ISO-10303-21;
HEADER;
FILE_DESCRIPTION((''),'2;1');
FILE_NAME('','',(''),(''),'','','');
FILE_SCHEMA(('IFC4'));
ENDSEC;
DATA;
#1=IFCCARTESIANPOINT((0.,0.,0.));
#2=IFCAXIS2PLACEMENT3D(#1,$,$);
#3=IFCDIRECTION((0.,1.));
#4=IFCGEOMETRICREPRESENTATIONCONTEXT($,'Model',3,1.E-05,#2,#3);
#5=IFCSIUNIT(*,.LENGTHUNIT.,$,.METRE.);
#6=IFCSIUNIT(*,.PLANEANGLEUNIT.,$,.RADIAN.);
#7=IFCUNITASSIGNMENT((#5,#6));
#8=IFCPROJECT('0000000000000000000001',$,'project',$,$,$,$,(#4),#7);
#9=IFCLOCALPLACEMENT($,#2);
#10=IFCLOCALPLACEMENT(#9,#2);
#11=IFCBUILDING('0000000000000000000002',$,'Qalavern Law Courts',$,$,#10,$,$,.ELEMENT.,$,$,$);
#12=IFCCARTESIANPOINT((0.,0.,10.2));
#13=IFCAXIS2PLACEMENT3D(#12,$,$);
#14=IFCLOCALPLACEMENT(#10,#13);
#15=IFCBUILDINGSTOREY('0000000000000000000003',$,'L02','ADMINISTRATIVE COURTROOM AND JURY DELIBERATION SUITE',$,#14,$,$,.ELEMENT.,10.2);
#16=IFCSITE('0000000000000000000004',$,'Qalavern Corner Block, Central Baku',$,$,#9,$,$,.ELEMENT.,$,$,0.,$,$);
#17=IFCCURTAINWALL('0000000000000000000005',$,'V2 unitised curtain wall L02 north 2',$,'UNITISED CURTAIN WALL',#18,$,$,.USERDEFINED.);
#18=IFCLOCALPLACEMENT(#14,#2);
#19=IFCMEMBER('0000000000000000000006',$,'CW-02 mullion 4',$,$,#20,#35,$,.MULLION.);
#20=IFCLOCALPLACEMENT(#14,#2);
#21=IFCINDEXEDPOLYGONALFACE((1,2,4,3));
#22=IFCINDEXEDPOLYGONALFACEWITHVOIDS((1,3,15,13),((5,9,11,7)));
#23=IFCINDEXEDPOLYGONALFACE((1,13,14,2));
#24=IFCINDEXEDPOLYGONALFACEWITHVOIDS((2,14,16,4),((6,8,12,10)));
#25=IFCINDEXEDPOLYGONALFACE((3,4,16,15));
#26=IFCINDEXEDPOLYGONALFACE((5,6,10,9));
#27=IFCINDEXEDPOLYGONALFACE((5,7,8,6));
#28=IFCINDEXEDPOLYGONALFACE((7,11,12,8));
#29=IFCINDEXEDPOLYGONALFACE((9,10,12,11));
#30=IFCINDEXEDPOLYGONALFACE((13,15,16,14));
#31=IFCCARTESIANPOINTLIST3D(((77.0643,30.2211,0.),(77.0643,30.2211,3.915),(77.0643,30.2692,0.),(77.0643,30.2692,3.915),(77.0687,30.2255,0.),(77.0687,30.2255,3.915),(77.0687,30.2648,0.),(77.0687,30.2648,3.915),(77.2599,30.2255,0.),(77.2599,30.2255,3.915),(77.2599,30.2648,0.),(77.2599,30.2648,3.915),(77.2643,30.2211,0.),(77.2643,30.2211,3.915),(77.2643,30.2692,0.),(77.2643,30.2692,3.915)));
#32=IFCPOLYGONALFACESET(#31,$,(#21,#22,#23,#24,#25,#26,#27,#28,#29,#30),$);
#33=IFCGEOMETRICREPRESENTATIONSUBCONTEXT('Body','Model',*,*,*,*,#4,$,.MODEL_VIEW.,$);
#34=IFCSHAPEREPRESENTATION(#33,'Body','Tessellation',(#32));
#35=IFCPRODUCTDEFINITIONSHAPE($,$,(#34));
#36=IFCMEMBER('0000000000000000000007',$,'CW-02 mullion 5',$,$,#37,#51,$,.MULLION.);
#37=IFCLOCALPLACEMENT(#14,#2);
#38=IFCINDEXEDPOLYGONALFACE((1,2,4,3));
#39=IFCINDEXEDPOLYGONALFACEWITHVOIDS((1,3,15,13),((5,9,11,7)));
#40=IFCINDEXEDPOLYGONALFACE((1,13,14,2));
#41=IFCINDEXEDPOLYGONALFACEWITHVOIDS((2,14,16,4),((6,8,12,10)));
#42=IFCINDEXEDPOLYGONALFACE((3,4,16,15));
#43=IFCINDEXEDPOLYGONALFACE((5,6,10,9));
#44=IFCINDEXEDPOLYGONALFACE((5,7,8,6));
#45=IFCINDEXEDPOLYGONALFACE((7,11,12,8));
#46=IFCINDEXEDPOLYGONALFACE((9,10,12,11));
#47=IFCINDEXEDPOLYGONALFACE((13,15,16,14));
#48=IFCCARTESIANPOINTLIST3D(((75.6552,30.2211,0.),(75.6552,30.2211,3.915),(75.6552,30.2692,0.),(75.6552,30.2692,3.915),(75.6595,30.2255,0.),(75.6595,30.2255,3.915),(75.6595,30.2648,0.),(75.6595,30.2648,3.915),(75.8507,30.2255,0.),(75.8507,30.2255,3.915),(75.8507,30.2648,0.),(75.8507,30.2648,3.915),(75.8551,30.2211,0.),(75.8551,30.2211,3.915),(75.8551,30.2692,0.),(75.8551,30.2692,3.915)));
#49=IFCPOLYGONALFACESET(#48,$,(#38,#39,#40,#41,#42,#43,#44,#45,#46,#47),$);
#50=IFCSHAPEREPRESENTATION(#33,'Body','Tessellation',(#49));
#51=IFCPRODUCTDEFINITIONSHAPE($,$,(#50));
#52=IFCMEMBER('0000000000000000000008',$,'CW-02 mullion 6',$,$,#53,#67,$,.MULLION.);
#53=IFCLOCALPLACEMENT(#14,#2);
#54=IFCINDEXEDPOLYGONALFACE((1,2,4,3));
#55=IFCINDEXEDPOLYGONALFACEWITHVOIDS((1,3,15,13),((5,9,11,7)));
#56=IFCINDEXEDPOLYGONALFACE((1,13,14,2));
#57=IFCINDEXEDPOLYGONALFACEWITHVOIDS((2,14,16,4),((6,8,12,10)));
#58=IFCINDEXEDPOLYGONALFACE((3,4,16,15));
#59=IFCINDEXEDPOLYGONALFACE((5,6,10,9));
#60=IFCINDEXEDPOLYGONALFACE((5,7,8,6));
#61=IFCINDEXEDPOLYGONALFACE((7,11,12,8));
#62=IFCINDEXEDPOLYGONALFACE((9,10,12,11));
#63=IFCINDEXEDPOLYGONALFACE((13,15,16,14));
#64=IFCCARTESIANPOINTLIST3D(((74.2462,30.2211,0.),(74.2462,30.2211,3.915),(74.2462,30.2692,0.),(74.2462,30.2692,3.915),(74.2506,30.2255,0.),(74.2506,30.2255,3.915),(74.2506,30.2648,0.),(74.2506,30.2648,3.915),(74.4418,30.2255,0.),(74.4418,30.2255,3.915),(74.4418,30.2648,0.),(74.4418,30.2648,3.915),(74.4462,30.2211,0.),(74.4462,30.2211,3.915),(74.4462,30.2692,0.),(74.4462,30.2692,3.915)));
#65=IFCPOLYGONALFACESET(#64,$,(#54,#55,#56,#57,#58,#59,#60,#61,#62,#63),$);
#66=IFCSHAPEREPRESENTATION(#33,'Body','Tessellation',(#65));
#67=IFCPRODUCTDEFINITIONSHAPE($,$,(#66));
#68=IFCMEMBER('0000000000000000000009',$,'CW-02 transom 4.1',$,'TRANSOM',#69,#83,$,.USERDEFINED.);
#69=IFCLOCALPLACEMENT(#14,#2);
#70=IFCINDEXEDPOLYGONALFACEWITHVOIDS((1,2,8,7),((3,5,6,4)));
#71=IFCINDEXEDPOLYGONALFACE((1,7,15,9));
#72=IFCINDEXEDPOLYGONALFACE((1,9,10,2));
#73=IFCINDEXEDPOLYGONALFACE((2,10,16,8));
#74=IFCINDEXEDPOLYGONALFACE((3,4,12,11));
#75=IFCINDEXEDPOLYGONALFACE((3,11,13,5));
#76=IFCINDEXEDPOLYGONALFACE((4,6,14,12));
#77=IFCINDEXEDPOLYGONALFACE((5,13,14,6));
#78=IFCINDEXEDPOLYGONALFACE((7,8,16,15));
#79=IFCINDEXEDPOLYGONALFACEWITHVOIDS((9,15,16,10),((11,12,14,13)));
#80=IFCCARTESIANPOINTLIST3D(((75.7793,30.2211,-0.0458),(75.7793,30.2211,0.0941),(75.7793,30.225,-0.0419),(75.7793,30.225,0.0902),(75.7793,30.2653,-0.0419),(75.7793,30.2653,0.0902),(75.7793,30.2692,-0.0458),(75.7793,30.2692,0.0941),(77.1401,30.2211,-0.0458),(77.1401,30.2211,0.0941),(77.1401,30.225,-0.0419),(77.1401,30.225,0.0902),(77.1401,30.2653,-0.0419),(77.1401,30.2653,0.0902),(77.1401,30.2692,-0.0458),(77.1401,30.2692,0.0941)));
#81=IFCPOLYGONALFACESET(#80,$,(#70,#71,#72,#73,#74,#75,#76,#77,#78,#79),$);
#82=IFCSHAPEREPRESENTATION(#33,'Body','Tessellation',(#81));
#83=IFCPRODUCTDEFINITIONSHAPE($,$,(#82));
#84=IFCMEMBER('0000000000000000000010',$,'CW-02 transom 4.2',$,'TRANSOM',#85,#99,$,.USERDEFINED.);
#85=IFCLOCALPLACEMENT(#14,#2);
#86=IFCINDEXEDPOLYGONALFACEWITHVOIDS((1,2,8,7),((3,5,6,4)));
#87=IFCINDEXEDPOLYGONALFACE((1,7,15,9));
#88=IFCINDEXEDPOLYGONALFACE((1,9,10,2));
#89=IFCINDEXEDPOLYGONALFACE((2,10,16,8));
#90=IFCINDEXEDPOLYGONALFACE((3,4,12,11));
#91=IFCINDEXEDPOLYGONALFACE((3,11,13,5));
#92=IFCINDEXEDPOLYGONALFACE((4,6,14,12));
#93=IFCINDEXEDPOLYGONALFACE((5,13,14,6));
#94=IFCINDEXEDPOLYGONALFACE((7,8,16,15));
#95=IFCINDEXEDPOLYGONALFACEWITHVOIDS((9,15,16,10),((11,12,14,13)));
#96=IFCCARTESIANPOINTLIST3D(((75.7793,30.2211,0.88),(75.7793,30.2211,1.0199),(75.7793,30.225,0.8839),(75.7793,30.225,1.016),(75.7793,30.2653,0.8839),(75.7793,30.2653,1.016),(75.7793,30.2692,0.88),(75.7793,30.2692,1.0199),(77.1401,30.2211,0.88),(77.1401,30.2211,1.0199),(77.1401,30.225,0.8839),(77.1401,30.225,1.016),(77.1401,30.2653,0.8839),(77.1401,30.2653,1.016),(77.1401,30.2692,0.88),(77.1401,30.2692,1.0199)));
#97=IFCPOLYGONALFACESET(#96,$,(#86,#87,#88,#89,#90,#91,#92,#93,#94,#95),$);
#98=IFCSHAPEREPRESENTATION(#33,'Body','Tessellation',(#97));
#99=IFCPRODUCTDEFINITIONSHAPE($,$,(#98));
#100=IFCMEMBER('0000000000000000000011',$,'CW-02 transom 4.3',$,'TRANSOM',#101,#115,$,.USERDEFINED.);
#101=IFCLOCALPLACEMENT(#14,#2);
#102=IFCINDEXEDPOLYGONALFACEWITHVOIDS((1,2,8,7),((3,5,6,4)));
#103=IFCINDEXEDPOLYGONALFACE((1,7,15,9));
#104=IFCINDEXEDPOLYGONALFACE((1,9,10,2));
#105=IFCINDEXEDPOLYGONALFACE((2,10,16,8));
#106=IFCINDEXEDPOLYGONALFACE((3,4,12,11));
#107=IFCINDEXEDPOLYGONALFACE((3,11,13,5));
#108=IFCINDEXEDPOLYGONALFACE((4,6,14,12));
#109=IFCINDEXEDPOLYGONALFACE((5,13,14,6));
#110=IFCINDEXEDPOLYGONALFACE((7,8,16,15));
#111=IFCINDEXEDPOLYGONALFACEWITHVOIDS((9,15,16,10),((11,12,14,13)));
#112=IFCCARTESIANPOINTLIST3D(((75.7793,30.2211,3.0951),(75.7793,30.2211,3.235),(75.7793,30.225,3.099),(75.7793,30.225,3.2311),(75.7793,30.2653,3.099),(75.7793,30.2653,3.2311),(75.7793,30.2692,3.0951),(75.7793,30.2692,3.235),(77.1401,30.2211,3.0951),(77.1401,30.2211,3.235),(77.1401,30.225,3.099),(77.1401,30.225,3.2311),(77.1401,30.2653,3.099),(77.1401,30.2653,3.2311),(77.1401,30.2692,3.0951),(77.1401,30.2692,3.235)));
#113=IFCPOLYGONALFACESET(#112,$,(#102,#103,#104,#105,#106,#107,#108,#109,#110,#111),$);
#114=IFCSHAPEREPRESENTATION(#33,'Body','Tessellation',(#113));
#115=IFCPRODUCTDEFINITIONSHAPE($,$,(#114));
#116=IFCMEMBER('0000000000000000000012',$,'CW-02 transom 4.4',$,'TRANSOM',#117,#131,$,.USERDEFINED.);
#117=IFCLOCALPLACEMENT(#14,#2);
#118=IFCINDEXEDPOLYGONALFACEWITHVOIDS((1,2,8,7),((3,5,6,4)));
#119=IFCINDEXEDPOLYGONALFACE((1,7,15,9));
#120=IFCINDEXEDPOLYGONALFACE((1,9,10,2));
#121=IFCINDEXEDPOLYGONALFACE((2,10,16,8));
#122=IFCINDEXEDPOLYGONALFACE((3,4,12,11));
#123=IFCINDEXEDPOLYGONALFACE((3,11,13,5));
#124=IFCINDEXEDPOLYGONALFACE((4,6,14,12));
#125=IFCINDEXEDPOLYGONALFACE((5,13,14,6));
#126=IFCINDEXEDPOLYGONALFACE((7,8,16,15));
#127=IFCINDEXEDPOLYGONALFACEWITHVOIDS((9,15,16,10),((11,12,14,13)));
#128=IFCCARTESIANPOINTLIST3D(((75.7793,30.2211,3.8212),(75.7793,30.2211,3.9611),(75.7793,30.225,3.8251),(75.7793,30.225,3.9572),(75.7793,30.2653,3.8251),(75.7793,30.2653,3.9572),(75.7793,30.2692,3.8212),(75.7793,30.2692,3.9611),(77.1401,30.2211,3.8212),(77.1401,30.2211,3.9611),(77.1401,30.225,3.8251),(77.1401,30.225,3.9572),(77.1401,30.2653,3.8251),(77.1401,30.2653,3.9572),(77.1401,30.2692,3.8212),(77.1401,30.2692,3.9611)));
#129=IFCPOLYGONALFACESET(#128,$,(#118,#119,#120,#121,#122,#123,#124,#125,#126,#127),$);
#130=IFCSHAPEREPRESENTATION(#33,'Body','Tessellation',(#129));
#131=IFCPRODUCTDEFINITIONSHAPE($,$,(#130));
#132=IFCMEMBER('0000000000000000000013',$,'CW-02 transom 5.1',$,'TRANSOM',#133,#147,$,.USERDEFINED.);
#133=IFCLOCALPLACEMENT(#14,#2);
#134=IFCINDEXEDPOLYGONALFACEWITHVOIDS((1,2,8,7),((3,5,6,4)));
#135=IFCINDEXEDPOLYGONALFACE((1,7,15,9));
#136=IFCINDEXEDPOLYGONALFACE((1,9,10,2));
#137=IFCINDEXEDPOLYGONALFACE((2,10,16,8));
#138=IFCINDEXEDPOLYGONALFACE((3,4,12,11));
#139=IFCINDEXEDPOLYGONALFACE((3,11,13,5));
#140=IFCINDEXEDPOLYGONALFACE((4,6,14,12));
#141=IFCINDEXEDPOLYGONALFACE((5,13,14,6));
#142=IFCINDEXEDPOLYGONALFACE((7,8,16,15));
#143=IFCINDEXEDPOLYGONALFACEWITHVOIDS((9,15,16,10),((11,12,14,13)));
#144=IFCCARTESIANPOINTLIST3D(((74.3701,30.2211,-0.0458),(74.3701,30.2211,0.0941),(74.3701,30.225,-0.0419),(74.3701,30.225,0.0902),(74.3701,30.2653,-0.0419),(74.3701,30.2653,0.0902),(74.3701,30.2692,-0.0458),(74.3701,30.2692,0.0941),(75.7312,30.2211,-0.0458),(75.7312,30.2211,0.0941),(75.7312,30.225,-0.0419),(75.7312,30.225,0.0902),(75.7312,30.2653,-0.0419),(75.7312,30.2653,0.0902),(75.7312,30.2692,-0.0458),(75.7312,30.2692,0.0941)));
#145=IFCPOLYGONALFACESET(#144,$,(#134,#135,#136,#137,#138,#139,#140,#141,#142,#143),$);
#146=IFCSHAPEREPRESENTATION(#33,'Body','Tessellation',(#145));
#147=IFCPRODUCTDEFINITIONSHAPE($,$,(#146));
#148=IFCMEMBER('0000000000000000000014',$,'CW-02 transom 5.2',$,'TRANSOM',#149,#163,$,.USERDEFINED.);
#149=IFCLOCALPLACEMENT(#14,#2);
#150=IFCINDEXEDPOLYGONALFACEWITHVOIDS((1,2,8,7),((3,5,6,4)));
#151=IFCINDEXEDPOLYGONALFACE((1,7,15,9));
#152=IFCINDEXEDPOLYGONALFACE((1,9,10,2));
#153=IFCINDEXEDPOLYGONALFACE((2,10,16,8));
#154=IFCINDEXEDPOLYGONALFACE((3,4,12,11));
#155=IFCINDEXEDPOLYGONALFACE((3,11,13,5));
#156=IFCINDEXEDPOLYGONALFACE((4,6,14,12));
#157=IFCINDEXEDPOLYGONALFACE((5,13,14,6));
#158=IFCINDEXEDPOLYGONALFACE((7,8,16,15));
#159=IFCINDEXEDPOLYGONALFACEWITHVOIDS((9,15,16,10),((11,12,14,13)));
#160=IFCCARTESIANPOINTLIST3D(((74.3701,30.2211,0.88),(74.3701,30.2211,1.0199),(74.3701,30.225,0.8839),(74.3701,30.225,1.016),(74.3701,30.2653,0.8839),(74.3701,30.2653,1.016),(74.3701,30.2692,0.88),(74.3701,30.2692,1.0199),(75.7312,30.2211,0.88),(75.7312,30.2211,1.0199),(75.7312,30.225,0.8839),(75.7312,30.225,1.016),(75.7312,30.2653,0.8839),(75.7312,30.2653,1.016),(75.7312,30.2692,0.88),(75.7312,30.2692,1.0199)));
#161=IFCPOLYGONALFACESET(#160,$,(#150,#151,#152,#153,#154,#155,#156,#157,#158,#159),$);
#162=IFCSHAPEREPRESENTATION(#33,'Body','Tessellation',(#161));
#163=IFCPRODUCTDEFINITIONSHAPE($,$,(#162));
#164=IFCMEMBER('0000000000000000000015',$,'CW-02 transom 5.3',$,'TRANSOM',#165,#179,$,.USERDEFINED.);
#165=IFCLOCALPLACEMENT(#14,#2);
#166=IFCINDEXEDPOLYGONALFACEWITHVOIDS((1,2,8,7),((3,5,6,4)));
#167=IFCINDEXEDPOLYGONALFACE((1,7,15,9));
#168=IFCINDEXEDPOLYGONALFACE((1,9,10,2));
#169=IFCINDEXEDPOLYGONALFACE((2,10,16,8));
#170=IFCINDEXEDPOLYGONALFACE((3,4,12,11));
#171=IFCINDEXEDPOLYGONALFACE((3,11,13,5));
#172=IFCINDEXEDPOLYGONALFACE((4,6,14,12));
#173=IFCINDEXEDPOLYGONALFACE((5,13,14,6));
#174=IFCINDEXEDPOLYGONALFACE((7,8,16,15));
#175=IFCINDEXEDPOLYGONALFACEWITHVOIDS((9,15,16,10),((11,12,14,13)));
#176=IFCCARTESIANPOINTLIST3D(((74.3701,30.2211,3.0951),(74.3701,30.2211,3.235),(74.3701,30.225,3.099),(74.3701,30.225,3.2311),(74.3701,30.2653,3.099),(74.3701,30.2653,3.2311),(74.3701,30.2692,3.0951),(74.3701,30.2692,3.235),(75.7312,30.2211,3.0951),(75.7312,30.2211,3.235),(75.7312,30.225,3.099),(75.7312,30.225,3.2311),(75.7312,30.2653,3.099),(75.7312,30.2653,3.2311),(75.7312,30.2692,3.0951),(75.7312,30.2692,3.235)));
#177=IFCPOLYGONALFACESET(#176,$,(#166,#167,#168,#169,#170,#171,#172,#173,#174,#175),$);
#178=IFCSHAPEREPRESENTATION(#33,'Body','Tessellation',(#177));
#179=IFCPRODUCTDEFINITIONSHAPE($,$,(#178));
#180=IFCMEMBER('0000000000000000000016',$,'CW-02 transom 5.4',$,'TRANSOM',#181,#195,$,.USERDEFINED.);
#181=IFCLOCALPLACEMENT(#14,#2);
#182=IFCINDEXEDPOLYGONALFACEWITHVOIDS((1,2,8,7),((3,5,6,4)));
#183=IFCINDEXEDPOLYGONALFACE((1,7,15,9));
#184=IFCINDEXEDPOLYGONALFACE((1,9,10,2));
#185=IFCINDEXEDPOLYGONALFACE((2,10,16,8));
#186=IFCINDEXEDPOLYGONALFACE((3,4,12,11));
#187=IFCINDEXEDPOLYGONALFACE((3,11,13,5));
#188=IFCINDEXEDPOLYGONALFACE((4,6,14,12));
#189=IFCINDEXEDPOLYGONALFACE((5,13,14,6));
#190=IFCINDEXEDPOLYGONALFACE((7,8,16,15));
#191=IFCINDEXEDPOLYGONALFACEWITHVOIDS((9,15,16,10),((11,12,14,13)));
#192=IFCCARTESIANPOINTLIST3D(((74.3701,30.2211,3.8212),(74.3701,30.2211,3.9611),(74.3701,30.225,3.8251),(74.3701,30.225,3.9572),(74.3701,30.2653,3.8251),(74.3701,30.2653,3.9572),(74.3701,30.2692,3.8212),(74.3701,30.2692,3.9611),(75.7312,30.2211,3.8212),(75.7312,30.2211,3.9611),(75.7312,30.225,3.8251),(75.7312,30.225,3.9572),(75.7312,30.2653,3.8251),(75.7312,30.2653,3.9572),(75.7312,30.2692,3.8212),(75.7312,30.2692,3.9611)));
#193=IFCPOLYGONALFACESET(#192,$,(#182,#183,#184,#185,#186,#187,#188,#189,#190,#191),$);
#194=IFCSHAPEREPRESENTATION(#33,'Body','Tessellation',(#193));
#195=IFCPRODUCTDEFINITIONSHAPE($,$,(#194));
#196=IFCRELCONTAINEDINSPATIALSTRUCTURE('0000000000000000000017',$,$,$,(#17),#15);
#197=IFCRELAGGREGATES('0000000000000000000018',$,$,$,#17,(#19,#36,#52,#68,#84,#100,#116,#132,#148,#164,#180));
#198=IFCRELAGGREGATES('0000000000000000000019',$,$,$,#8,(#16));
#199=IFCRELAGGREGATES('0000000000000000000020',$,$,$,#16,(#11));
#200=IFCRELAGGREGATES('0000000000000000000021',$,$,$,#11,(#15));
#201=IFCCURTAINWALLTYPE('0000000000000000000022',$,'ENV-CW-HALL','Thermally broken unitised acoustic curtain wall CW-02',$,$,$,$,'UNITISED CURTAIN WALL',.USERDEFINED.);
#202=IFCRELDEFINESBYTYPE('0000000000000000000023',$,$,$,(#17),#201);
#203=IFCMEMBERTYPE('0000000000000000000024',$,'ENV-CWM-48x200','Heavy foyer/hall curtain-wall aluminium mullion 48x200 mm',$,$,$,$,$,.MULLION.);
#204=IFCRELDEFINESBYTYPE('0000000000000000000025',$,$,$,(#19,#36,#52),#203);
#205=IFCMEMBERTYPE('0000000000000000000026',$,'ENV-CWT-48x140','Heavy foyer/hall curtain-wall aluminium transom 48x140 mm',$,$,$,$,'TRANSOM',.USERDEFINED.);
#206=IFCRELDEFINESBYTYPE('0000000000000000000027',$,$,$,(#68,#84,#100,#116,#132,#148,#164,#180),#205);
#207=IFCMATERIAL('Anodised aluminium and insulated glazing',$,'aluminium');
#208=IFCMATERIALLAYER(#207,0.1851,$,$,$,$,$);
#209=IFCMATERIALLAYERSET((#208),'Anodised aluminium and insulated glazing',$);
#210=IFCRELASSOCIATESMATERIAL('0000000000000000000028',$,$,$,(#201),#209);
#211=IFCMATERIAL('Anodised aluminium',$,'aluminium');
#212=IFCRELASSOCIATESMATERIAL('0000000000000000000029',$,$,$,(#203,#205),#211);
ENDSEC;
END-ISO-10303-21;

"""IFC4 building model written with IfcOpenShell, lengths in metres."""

from ifc_helpers import new_model, si_unit, direction, frame, origin, origin_2d, place, context, subcontext, project, spatial, hollow_rectangle, extrude, material, layer, layer_set, material_profile, profile_set, type_object, element, aggregate, save


model = new_model("IFC4")

# Units and contexts
model_context = context("Model", 3, precision=1e-05, world=origin(), true_north=direction((0.0, 1.0)))
body_context = subcontext(model_context, "Body", "Model", "MODEL_VIEW")
ifc_project = project(units=[si_unit("LENGTHUNIT", "METRE"), si_unit("PLANEANGLEUNIT", "RADIAN")], contexts=[model_context])

# Site, building, storey
site_placement = place(None, origin())
site = spatial("IfcSite", under=ifc_project, at=site_placement, Name="Qalavern Corner Block, Central Baku", CompositionType="ELEMENT", RefElevation=0.0)
building_placement = place(site_placement, origin())
building = spatial("IfcBuilding", under=site, at=building_placement, Name="Qalavern Law Courts", CompositionType="ELEMENT")
storey_placement = place(building_placement, frame((0.0, 0.0, 10.2)))
storey = spatial("IfcBuildingStorey", under=building, at=storey_placement, Name="L02", Description="ADMINISTRATIVE COURTROOM AND JURY DELIBERATION SUITE", CompositionType="ELEMENT", Elevation=10.2)

# Curtain wall, members
ifc_material_1 = material(Name="Anodised aluminium and insulated glazing", Category="aluminium")
ifc_layer_1 = layer(ifc_material_1, 0.1851)
ifc_layer_set_1 = layer_set([ifc_layer_1], Name="Anodised aluminium and insulated glazing")
curtain_wall_type = type_object("IfcCurtainWallType", Name="ENV-CW-HALL", Description="Thermally broken unitised acoustic curtain wall CW-02", ElementType="UNITISED CURTAIN WALL", PredefinedType="USERDEFINED", material=ifc_layer_set_1)
curtain_wall_placement = place(storey_placement, origin())
curtain_wall = element("IfcCurtainWall", 1, at=curtain_wall_placement, inside=storey, type_object=curtain_wall_type, Name="V2 unitised curtain wall L02 north 2", ObjectType="UNITISED CURTAIN WALL", PredefinedType="USERDEFINED")
ifc_material_2 = material(Name="Anodised aluminium", Category="aluminium")
ifc_material_profile_1 = material_profile(ifc_material_2, hollow_rectangle(XDim=0.0481, YDim=0.2, WallThickness=0.0044, at=origin_2d()), Name="ALU MULLION 48x200")
ifc_profile_set_1 = profile_set([ifc_material_profile_1], Name="Anodised aluminium")
member_type_1 = type_object("IfcMemberType", Name="ENV-CWM-48x200", Description="Heavy foyer/hall curtain-wall aluminium mullion 48x200 mm", PredefinedType="MULLION", material=ifc_profile_set_1)
member_1_placement = place(storey_placement, frame((77.1643, 30.2451, 0.0), z_axis=(0.0, 0.0, 1.0), x_axis=(0.0, -1.0, 0.0)))
member_1 = element("IfcMember", 2, at=member_1_placement, type_object=member_type_1, Name="CW-02 mullion 4", PredefinedType="MULLION", context=body_context, shape_type="SweptSolid", body=[
    extrude(hollow_rectangle(XDim=0.0481, YDim=0.2, WallThickness=0.0044, at=origin_2d()), origin(), (0.0, 0.0, 1.0), 3.915),
])
member_2_placement = place(storey_placement, frame((75.7551, 30.2451, 0.0), z_axis=(0.0, 0.0, 1.0), x_axis=(0.0, -1.0, 0.0)))
member_2 = element("IfcMember", 3, at=member_2_placement, type_object=member_type_1, Name="CW-02 mullion 5", PredefinedType="MULLION", context=body_context, shape_type="SweptSolid", body=[
    extrude(hollow_rectangle(XDim=0.0481, YDim=0.2, WallThickness=0.0044, at=origin_2d()), origin(), (0.0, 0.0, 1.0), 3.915),
])
member_3_placement = place(storey_placement, frame((74.3462, 30.2451, 0.0), z_axis=(0.0, 0.0, 1.0), x_axis=(0.0, -1.0, 0.0)))
member_3 = element("IfcMember", 4, at=member_3_placement, type_object=member_type_1, Name="CW-02 mullion 6", PredefinedType="MULLION", context=body_context, shape_type="SweptSolid", body=[
    extrude(hollow_rectangle(XDim=0.0481, YDim=0.2, WallThickness=0.0044, at=origin_2d()), origin(), (0.0, 0.0, 1.0), 3.915),
])
ifc_material_profile_2 = material_profile(ifc_material_2, hollow_rectangle(XDim=0.0481, YDim=0.1399, WallThickness=0.0039, at=origin_2d()), Name="ALU TRANSOM 48x140")
ifc_profile_set_2 = profile_set([ifc_material_profile_2], Name="Anodised aluminium")
member_type_2 = type_object("IfcMemberType", Name="ENV-CWT-48x140", Description="Heavy foyer/hall curtain-wall aluminium transom 48x140 mm", ElementType="TRANSOM", PredefinedType="USERDEFINED", material=ifc_profile_set_2)
member_4_placement = place(storey_placement, frame((77.1401, 30.2451, 0.0242), z_axis=(-1.0, 0.0, 0.0), x_axis=(0.0, -1.0, 0.0)))
member_4 = element("IfcMember", 5, at=member_4_placement, type_object=member_type_2, Name="CW-02 transom 4.1", ObjectType="TRANSOM", PredefinedType="USERDEFINED", context=body_context, shape_type="SweptSolid", body=[
    extrude(hollow_rectangle(XDim=0.0481, YDim=0.1399, WallThickness=0.0039, at=origin_2d()), origin(), (0.0, 0.0, 1.0), 1.3608),
])
member_5_placement = place(storey_placement, frame((77.1401, 30.2451, 0.95), z_axis=(-1.0, 0.0, 0.0), x_axis=(0.0, -1.0, 0.0)))
member_5 = element("IfcMember", 6, at=member_5_placement, type_object=member_type_2, Name="CW-02 transom 4.2", ObjectType="TRANSOM", PredefinedType="USERDEFINED", context=body_context, shape_type="SweptSolid", body=[
    extrude(hollow_rectangle(XDim=0.0481, YDim=0.1399, WallThickness=0.0039, at=origin_2d()), origin(), (0.0, 0.0, 1.0), 1.3608),
])
member_6_placement = place(storey_placement, frame((77.1401, 30.2451, 3.165), z_axis=(-1.0, 0.0, 0.0), x_axis=(0.0, -1.0, 0.0)))
member_6 = element("IfcMember", 7, at=member_6_placement, type_object=member_type_2, Name="CW-02 transom 4.3", ObjectType="TRANSOM", PredefinedType="USERDEFINED", context=body_context, shape_type="SweptSolid", body=[
    extrude(hollow_rectangle(XDim=0.0481, YDim=0.1399, WallThickness=0.0039, at=origin_2d()), origin(), (0.0, 0.0, 1.0), 1.3608),
])
member_7_placement = place(storey_placement, frame((77.1401, 30.2451, 3.8911), z_axis=(-1.0, 0.0, 0.0), x_axis=(0.0, -1.0, 0.0)))
member_7 = element("IfcMember", 8, at=member_7_placement, type_object=member_type_2, Name="CW-02 transom 4.4", ObjectType="TRANSOM", PredefinedType="USERDEFINED", context=body_context, shape_type="SweptSolid", body=[
    extrude(hollow_rectangle(XDim=0.0481, YDim=0.1399, WallThickness=0.0039, at=origin_2d()), origin(), (0.0, 0.0, 1.0), 1.3608),
])
member_8_placement = place(storey_placement, frame((75.7312, 30.2451, 0.0242), z_axis=(-1.0, 0.0, 0.0), x_axis=(0.0, -1.0, 0.0)))
member_8 = element("IfcMember", 9, at=member_8_placement, type_object=member_type_2, Name="CW-02 transom 5.1", ObjectType="TRANSOM", PredefinedType="USERDEFINED", context=body_context, shape_type="SweptSolid", body=[
    extrude(hollow_rectangle(XDim=0.0481, YDim=0.1399, WallThickness=0.0039, at=origin_2d()), origin(), (0.0, 0.0, 1.0), 1.3611),
])
member_9_placement = place(storey_placement, frame((75.7312, 30.2451, 0.95), z_axis=(-1.0, 0.0, 0.0), x_axis=(0.0, -1.0, 0.0)))
member_9 = element("IfcMember", 10, at=member_9_placement, type_object=member_type_2, Name="CW-02 transom 5.2", ObjectType="TRANSOM", PredefinedType="USERDEFINED", context=body_context, shape_type="SweptSolid", body=[
    extrude(hollow_rectangle(XDim=0.0481, YDim=0.1399, WallThickness=0.0039, at=origin_2d()), origin(), (0.0, 0.0, 1.0), 1.3611),
])
member_10_placement = place(storey_placement, frame((75.7312, 30.2451, 3.165), z_axis=(-1.0, 0.0, 0.0), x_axis=(0.0, -1.0, 0.0)))
member_10 = element("IfcMember", 11, at=member_10_placement, type_object=member_type_2, Name="CW-02 transom 5.3", ObjectType="TRANSOM", PredefinedType="USERDEFINED", context=body_context, shape_type="SweptSolid", body=[
    extrude(hollow_rectangle(XDim=0.0481, YDim=0.1399, WallThickness=0.0039, at=origin_2d()), origin(), (0.0, 0.0, 1.0), 1.3611),
])
member_11_placement = place(storey_placement, frame((75.7312, 30.2451, 3.8911), z_axis=(-1.0, 0.0, 0.0), x_axis=(0.0, -1.0, 0.0)))
member_11 = element("IfcMember", 12, at=member_11_placement, type_object=member_type_2, Name="CW-02 transom 5.4", ObjectType="TRANSOM", PredefinedType="USERDEFINED", context=body_context, shape_type="SweptSolid", body=[
    extrude(hollow_rectangle(XDim=0.0481, YDim=0.1399, WallThickness=0.0039, at=origin_2d()), origin(), (0.0, 0.0, 1.0), 1.3611),
])
aggregate(curtain_wall, [member_1, member_2, member_3, member_4, member_5, member_6, member_7, member_8, member_9, member_10, member_11])

save(model, "model.ifc")
